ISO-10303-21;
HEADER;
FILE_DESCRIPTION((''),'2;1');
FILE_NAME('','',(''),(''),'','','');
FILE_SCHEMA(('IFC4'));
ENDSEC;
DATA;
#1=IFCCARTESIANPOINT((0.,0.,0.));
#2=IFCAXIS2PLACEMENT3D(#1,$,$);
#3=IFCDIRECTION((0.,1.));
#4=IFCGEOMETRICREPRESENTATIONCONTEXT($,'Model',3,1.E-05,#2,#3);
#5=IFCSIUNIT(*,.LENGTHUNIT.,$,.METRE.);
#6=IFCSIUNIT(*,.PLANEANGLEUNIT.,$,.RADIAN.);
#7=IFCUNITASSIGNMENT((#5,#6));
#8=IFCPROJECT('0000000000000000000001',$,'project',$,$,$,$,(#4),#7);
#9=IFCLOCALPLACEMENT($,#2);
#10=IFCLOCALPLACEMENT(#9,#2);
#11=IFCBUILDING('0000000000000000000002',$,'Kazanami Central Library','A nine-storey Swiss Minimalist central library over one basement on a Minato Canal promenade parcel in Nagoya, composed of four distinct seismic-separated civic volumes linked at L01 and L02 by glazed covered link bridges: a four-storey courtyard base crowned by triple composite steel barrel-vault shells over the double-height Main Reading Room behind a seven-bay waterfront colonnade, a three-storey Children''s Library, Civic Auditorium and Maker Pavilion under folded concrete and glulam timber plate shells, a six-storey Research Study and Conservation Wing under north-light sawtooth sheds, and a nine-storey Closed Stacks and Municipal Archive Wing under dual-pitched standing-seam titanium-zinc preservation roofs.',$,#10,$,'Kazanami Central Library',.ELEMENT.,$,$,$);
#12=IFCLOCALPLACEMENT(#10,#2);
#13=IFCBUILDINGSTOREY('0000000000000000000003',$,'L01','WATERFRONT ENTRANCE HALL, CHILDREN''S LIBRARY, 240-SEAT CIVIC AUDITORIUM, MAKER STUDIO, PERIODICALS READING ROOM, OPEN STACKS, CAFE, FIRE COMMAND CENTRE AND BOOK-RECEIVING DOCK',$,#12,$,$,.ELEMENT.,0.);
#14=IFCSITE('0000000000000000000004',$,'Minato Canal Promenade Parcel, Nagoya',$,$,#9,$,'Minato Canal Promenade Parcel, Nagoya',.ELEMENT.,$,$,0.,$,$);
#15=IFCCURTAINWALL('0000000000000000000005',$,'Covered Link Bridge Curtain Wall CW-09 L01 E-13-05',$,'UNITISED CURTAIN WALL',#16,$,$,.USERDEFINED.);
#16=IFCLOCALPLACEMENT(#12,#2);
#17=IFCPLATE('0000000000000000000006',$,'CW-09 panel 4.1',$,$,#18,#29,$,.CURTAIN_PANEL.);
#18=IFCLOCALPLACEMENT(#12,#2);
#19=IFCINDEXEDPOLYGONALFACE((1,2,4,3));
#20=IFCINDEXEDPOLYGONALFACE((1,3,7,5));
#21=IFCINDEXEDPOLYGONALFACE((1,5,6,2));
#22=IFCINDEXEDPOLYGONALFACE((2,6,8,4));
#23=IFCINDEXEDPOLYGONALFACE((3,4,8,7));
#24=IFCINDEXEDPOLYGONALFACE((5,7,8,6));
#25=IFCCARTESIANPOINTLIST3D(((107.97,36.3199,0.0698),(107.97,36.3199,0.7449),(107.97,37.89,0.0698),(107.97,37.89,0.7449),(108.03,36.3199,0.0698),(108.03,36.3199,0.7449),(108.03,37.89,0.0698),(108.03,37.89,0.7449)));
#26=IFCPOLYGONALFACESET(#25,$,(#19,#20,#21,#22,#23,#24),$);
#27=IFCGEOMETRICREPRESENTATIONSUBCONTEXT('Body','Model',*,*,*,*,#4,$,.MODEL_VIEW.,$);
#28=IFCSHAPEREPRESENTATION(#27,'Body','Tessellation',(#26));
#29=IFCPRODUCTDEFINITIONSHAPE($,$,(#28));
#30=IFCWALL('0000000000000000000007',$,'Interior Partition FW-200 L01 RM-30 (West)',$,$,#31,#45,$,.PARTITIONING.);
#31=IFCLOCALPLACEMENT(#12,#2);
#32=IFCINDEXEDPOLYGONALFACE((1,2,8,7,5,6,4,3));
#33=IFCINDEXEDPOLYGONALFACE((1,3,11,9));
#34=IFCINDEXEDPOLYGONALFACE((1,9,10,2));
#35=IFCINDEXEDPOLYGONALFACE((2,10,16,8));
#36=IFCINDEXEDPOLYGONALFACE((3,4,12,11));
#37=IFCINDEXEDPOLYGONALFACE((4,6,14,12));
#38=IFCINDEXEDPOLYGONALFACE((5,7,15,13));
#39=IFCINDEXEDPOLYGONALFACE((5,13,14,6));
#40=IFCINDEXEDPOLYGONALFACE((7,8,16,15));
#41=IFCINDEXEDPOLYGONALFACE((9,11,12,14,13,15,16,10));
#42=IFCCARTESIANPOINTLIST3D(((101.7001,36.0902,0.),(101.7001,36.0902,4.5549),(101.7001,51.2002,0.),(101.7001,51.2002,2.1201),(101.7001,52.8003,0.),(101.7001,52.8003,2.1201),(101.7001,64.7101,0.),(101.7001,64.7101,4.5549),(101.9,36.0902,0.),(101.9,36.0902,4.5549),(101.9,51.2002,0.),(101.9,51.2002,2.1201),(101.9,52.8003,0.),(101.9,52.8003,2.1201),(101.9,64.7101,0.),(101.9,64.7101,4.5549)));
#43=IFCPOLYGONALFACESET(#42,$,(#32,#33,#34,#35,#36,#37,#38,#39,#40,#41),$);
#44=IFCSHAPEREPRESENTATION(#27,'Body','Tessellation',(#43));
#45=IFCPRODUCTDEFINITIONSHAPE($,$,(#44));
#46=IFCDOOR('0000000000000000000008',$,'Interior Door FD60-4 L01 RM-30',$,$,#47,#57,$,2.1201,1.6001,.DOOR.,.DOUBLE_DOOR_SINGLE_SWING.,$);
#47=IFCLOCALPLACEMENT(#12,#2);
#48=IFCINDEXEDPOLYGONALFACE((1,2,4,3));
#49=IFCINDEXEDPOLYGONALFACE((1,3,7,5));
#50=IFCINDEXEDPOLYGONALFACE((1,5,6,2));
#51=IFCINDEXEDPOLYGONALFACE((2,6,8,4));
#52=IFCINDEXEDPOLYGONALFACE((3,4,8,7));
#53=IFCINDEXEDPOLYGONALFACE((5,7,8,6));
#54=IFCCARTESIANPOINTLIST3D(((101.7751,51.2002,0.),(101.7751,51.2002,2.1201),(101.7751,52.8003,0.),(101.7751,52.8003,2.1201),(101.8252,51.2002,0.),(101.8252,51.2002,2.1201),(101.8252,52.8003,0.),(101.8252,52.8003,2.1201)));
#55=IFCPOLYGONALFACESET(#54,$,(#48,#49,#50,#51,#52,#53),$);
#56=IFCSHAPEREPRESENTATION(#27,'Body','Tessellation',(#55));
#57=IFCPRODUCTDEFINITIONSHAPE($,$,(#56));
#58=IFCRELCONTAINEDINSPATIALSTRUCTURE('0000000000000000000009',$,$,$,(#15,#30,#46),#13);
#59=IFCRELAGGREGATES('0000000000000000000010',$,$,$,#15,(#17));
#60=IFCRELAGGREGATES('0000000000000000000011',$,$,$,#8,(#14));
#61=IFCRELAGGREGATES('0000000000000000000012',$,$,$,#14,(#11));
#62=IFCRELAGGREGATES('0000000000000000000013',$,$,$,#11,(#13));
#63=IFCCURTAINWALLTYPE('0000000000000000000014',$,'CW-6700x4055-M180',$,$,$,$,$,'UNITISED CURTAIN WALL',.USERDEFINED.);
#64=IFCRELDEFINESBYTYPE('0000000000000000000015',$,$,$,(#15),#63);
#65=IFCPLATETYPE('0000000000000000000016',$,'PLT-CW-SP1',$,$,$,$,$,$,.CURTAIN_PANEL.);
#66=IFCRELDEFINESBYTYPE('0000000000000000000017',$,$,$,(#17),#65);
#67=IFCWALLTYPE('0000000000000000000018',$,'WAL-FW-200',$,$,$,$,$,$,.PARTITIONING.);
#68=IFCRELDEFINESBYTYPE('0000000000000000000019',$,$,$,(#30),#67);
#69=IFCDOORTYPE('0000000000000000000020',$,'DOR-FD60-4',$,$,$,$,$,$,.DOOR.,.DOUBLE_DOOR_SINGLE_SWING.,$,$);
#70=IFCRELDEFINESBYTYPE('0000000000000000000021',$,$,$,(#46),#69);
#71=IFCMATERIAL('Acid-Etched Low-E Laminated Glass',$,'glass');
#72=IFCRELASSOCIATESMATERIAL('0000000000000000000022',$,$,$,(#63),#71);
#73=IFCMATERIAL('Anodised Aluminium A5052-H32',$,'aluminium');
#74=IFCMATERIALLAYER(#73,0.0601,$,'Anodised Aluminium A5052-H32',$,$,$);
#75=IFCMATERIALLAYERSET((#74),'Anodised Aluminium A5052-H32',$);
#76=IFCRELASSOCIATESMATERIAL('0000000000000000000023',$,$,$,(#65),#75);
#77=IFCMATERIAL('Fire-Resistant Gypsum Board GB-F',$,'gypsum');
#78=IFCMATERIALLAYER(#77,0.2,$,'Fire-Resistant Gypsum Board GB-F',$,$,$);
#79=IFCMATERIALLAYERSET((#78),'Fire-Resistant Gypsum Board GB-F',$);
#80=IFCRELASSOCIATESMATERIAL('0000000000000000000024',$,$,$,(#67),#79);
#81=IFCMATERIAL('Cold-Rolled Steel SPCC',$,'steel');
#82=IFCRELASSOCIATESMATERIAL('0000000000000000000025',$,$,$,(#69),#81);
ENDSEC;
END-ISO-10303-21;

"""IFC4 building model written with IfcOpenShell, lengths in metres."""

from ifc_helpers import new_model, si_unit, direction, frame, frame_2d, origin, origin_2d, place, context, subcontext, project, spatial, rectangle, extrude, material, layer, layer_set, type_object, element, fill, aggregate, save


model = new_model("IFC4")

# Units and contexts
model_context = context("Model", 3, precision=1e-05, world=origin(), true_north=direction((0.0, 1.0)))
body_context = subcontext(model_context, "Body", "Model", "MODEL_VIEW")
ifc_project = project(units=[si_unit("LENGTHUNIT", "METRE"), si_unit("PLANEANGLEUNIT", "RADIAN")], contexts=[model_context])

# Site, building, storey
site_placement = place(None, origin())
site = spatial("IfcSite", under=ifc_project, at=site_placement, Name="Minato Canal Promenade Parcel, Nagoya", LongName="Minato Canal Promenade Parcel, Nagoya", CompositionType="ELEMENT", RefElevation=0.0)
building_placement = place(site_placement, origin())
building = spatial("IfcBuilding", under=site, at=building_placement, Name="Kazanami Central Library", Description="A nine-storey Swiss Minimalist central library over one basement on a Minato Canal promenade parcel in Nagoya, composed of four distinct seismic-separated civic volumes linked at L01 and L02 by glazed covered link bridges: a four-storey courtyard base crowned by triple composite steel barrel-vault shells over the double-height Main Reading Room behind a seven-bay waterfront colonnade, a three-storey Children's Library, Civic Auditorium and Maker Pavilion under folded concrete and glulam timber plate shells, a six-storey Research Study and Conservation Wing under north-light sawtooth sheds, and a nine-storey Closed Stacks and Municipal Archive Wing under dual-pitched standing-seam titanium-zinc preservation roofs.", LongName="Kazanami Central Library", CompositionType="ELEMENT")
storey_placement = place(building_placement, origin())
storey = spatial("IfcBuildingStorey", under=building, at=storey_placement, Name="L01", Description="WATERFRONT ENTRANCE HALL, CHILDREN'S LIBRARY, 240-SEAT CIVIC AUDITORIUM, MAKER STUDIO, PERIODICALS READING ROOM, OPEN STACKS, CAFE, FIRE COMMAND CENTRE AND BOOK-RECEIVING DOCK", CompositionType="ELEMENT", Elevation=0.0)

# Shared definitions
ifc_material_1 = material(Name="Acid-Etched Low-E Laminated Glass", Category="glass")

# Curtain wall
curtain_wall_type_1 = type_object("IfcCurtainWallType", Name="CW-6700x4055-M180", ElementType="UNITISED CURTAIN WALL", PredefinedType="USERDEFINED", material=ifc_material_1)
curtain_wall_1_placement = place(storey_placement, origin())
curtain_wall_1 = element("IfcCurtainWall", 1, at=curtain_wall_1_placement, inside=storey, type_object=curtain_wall_type_1, Name="Covered Link Bridge Curtain Wall CW-09 L01 E-13-05", ObjectType="UNITISED CURTAIN WALL", PredefinedType="USERDEFINED")

# Plate
ifc_material_2 = material(Name="Anodised Aluminium A5052-H32", Category="aluminium")
ifc_layer_1 = layer(ifc_material_2, 0.0601, Name="Anodised Aluminium A5052-H32")
ifc_layer_set_1 = layer_set([ifc_layer_1], Name="Anodised Aluminium A5052-H32")
plate_type_1 = type_object("IfcPlateType", Name="PLT-CW-SP1", PredefinedType="CURTAIN_PANEL", material=ifc_layer_set_1)
plate_1_placement = place(storey_placement, frame((108.0, 37.105, 0.0698), z_axis=(0.0, 0.0, 1.0), x_axis=(0.0, -1.0, 0.0)))
plate_1 = element("IfcPlate", 2, at=plate_1_placement, type_object=plate_type_1, Name="CW-09 panel 4.1", PredefinedType="CURTAIN_PANEL", context=body_context, shape_type="SweptSolid", body=[
    extrude(rectangle(XDim=1.5701, YDim=0.0601, at=origin_2d()), origin(), (0.0, 0.0, 1.0), 0.675),
])
aggregate(curtain_wall_1, [plate_1])

# Shared definitions
ifc_material_3 = material(Name="Fire-Resistant Gypsum Board GB-F", Category="gypsum")
ifc_layer_2 = layer(ifc_material_3, 0.2, Name="Fire-Resistant Gypsum Board GB-F")
ifc_layer_set_2 = layer_set([ifc_layer_2], Name="Fire-Resistant Gypsum Board GB-F")
wall_type = type_object("IfcWallType", Name="WAL-FW-200", PredefinedType="PARTITIONING", material=ifc_layer_set_2)

# Wall, opening, door
wall_1_placement = place(storey_placement, frame((101.8, 36.0901, 0.0), z_axis=(0.0, 0.0, 1.0), x_axis=(0.0, 1.0, 0.0)))
wall_1 = element("IfcWall", 3, at=wall_1_placement, inside=storey, type_object=wall_type, Name="Interior Partition FW-200 L01 RM-30 (West)", PredefinedType="PARTITIONING", context=body_context, shape_type="SweptSolid", body=[
    extrude(rectangle(XDim=28.6199, YDim=0.2, at=frame_2d((14.3101, 0.0))), origin(), (0.0, 0.0, 1.0), 4.5549),
])
opening_placement = place(wall_1_placement, frame((15.1101, 0.0, 0.0)))
opening = element("IfcOpeningElement", 4, at=opening_placement, cuts=wall_1, PredefinedType="OPENING", context=body_context, shape_type="SweptSolid", body=[
    extrude(rectangle(XDim=1.6001, YDim=2.1201, at=frame_2d((0.8, 1.0601))), frame((0.0, 0.1118, 0.0), z_axis=(0.0, -1.0, 0.0), x_axis=(1.0, 0.0, 0.0)), (0.0, 0.0, 1.0), 0.2239),
])
ifc_material_4 = material(Name="Cold-Rolled Steel SPCC", Category="steel")
door_type = type_object("IfcDoorType", Name="DOR-FD60-4", OperationType="DOUBLE_DOOR_SINGLE_SWING", PredefinedType="DOOR", material=ifc_material_4)
door_placement = place(opening_placement, origin())
door = element("IfcDoor", 5, at=door_placement, inside=storey, type_object=door_type, Name="Interior Door FD60-4 L01 RM-30", OperationType="DOUBLE_DOOR_SINGLE_SWING", OverallHeight=2.1201, OverallWidth=1.6001, PredefinedType="DOOR", context=body_context, shape_type="SweptSolid", body=[
    extrude(rectangle(XDim=1.6001, YDim=2.1201, at=frame_2d((0.8, 1.0601))), frame((0.0, 0.0249, 0.0), z_axis=(0.0, -1.0, 0.0), x_axis=(1.0, 0.0, 0.0)), (0.0, 0.0, 1.0), 0.05),
])
fill(opening, door)

save(model, "model.ifc")
